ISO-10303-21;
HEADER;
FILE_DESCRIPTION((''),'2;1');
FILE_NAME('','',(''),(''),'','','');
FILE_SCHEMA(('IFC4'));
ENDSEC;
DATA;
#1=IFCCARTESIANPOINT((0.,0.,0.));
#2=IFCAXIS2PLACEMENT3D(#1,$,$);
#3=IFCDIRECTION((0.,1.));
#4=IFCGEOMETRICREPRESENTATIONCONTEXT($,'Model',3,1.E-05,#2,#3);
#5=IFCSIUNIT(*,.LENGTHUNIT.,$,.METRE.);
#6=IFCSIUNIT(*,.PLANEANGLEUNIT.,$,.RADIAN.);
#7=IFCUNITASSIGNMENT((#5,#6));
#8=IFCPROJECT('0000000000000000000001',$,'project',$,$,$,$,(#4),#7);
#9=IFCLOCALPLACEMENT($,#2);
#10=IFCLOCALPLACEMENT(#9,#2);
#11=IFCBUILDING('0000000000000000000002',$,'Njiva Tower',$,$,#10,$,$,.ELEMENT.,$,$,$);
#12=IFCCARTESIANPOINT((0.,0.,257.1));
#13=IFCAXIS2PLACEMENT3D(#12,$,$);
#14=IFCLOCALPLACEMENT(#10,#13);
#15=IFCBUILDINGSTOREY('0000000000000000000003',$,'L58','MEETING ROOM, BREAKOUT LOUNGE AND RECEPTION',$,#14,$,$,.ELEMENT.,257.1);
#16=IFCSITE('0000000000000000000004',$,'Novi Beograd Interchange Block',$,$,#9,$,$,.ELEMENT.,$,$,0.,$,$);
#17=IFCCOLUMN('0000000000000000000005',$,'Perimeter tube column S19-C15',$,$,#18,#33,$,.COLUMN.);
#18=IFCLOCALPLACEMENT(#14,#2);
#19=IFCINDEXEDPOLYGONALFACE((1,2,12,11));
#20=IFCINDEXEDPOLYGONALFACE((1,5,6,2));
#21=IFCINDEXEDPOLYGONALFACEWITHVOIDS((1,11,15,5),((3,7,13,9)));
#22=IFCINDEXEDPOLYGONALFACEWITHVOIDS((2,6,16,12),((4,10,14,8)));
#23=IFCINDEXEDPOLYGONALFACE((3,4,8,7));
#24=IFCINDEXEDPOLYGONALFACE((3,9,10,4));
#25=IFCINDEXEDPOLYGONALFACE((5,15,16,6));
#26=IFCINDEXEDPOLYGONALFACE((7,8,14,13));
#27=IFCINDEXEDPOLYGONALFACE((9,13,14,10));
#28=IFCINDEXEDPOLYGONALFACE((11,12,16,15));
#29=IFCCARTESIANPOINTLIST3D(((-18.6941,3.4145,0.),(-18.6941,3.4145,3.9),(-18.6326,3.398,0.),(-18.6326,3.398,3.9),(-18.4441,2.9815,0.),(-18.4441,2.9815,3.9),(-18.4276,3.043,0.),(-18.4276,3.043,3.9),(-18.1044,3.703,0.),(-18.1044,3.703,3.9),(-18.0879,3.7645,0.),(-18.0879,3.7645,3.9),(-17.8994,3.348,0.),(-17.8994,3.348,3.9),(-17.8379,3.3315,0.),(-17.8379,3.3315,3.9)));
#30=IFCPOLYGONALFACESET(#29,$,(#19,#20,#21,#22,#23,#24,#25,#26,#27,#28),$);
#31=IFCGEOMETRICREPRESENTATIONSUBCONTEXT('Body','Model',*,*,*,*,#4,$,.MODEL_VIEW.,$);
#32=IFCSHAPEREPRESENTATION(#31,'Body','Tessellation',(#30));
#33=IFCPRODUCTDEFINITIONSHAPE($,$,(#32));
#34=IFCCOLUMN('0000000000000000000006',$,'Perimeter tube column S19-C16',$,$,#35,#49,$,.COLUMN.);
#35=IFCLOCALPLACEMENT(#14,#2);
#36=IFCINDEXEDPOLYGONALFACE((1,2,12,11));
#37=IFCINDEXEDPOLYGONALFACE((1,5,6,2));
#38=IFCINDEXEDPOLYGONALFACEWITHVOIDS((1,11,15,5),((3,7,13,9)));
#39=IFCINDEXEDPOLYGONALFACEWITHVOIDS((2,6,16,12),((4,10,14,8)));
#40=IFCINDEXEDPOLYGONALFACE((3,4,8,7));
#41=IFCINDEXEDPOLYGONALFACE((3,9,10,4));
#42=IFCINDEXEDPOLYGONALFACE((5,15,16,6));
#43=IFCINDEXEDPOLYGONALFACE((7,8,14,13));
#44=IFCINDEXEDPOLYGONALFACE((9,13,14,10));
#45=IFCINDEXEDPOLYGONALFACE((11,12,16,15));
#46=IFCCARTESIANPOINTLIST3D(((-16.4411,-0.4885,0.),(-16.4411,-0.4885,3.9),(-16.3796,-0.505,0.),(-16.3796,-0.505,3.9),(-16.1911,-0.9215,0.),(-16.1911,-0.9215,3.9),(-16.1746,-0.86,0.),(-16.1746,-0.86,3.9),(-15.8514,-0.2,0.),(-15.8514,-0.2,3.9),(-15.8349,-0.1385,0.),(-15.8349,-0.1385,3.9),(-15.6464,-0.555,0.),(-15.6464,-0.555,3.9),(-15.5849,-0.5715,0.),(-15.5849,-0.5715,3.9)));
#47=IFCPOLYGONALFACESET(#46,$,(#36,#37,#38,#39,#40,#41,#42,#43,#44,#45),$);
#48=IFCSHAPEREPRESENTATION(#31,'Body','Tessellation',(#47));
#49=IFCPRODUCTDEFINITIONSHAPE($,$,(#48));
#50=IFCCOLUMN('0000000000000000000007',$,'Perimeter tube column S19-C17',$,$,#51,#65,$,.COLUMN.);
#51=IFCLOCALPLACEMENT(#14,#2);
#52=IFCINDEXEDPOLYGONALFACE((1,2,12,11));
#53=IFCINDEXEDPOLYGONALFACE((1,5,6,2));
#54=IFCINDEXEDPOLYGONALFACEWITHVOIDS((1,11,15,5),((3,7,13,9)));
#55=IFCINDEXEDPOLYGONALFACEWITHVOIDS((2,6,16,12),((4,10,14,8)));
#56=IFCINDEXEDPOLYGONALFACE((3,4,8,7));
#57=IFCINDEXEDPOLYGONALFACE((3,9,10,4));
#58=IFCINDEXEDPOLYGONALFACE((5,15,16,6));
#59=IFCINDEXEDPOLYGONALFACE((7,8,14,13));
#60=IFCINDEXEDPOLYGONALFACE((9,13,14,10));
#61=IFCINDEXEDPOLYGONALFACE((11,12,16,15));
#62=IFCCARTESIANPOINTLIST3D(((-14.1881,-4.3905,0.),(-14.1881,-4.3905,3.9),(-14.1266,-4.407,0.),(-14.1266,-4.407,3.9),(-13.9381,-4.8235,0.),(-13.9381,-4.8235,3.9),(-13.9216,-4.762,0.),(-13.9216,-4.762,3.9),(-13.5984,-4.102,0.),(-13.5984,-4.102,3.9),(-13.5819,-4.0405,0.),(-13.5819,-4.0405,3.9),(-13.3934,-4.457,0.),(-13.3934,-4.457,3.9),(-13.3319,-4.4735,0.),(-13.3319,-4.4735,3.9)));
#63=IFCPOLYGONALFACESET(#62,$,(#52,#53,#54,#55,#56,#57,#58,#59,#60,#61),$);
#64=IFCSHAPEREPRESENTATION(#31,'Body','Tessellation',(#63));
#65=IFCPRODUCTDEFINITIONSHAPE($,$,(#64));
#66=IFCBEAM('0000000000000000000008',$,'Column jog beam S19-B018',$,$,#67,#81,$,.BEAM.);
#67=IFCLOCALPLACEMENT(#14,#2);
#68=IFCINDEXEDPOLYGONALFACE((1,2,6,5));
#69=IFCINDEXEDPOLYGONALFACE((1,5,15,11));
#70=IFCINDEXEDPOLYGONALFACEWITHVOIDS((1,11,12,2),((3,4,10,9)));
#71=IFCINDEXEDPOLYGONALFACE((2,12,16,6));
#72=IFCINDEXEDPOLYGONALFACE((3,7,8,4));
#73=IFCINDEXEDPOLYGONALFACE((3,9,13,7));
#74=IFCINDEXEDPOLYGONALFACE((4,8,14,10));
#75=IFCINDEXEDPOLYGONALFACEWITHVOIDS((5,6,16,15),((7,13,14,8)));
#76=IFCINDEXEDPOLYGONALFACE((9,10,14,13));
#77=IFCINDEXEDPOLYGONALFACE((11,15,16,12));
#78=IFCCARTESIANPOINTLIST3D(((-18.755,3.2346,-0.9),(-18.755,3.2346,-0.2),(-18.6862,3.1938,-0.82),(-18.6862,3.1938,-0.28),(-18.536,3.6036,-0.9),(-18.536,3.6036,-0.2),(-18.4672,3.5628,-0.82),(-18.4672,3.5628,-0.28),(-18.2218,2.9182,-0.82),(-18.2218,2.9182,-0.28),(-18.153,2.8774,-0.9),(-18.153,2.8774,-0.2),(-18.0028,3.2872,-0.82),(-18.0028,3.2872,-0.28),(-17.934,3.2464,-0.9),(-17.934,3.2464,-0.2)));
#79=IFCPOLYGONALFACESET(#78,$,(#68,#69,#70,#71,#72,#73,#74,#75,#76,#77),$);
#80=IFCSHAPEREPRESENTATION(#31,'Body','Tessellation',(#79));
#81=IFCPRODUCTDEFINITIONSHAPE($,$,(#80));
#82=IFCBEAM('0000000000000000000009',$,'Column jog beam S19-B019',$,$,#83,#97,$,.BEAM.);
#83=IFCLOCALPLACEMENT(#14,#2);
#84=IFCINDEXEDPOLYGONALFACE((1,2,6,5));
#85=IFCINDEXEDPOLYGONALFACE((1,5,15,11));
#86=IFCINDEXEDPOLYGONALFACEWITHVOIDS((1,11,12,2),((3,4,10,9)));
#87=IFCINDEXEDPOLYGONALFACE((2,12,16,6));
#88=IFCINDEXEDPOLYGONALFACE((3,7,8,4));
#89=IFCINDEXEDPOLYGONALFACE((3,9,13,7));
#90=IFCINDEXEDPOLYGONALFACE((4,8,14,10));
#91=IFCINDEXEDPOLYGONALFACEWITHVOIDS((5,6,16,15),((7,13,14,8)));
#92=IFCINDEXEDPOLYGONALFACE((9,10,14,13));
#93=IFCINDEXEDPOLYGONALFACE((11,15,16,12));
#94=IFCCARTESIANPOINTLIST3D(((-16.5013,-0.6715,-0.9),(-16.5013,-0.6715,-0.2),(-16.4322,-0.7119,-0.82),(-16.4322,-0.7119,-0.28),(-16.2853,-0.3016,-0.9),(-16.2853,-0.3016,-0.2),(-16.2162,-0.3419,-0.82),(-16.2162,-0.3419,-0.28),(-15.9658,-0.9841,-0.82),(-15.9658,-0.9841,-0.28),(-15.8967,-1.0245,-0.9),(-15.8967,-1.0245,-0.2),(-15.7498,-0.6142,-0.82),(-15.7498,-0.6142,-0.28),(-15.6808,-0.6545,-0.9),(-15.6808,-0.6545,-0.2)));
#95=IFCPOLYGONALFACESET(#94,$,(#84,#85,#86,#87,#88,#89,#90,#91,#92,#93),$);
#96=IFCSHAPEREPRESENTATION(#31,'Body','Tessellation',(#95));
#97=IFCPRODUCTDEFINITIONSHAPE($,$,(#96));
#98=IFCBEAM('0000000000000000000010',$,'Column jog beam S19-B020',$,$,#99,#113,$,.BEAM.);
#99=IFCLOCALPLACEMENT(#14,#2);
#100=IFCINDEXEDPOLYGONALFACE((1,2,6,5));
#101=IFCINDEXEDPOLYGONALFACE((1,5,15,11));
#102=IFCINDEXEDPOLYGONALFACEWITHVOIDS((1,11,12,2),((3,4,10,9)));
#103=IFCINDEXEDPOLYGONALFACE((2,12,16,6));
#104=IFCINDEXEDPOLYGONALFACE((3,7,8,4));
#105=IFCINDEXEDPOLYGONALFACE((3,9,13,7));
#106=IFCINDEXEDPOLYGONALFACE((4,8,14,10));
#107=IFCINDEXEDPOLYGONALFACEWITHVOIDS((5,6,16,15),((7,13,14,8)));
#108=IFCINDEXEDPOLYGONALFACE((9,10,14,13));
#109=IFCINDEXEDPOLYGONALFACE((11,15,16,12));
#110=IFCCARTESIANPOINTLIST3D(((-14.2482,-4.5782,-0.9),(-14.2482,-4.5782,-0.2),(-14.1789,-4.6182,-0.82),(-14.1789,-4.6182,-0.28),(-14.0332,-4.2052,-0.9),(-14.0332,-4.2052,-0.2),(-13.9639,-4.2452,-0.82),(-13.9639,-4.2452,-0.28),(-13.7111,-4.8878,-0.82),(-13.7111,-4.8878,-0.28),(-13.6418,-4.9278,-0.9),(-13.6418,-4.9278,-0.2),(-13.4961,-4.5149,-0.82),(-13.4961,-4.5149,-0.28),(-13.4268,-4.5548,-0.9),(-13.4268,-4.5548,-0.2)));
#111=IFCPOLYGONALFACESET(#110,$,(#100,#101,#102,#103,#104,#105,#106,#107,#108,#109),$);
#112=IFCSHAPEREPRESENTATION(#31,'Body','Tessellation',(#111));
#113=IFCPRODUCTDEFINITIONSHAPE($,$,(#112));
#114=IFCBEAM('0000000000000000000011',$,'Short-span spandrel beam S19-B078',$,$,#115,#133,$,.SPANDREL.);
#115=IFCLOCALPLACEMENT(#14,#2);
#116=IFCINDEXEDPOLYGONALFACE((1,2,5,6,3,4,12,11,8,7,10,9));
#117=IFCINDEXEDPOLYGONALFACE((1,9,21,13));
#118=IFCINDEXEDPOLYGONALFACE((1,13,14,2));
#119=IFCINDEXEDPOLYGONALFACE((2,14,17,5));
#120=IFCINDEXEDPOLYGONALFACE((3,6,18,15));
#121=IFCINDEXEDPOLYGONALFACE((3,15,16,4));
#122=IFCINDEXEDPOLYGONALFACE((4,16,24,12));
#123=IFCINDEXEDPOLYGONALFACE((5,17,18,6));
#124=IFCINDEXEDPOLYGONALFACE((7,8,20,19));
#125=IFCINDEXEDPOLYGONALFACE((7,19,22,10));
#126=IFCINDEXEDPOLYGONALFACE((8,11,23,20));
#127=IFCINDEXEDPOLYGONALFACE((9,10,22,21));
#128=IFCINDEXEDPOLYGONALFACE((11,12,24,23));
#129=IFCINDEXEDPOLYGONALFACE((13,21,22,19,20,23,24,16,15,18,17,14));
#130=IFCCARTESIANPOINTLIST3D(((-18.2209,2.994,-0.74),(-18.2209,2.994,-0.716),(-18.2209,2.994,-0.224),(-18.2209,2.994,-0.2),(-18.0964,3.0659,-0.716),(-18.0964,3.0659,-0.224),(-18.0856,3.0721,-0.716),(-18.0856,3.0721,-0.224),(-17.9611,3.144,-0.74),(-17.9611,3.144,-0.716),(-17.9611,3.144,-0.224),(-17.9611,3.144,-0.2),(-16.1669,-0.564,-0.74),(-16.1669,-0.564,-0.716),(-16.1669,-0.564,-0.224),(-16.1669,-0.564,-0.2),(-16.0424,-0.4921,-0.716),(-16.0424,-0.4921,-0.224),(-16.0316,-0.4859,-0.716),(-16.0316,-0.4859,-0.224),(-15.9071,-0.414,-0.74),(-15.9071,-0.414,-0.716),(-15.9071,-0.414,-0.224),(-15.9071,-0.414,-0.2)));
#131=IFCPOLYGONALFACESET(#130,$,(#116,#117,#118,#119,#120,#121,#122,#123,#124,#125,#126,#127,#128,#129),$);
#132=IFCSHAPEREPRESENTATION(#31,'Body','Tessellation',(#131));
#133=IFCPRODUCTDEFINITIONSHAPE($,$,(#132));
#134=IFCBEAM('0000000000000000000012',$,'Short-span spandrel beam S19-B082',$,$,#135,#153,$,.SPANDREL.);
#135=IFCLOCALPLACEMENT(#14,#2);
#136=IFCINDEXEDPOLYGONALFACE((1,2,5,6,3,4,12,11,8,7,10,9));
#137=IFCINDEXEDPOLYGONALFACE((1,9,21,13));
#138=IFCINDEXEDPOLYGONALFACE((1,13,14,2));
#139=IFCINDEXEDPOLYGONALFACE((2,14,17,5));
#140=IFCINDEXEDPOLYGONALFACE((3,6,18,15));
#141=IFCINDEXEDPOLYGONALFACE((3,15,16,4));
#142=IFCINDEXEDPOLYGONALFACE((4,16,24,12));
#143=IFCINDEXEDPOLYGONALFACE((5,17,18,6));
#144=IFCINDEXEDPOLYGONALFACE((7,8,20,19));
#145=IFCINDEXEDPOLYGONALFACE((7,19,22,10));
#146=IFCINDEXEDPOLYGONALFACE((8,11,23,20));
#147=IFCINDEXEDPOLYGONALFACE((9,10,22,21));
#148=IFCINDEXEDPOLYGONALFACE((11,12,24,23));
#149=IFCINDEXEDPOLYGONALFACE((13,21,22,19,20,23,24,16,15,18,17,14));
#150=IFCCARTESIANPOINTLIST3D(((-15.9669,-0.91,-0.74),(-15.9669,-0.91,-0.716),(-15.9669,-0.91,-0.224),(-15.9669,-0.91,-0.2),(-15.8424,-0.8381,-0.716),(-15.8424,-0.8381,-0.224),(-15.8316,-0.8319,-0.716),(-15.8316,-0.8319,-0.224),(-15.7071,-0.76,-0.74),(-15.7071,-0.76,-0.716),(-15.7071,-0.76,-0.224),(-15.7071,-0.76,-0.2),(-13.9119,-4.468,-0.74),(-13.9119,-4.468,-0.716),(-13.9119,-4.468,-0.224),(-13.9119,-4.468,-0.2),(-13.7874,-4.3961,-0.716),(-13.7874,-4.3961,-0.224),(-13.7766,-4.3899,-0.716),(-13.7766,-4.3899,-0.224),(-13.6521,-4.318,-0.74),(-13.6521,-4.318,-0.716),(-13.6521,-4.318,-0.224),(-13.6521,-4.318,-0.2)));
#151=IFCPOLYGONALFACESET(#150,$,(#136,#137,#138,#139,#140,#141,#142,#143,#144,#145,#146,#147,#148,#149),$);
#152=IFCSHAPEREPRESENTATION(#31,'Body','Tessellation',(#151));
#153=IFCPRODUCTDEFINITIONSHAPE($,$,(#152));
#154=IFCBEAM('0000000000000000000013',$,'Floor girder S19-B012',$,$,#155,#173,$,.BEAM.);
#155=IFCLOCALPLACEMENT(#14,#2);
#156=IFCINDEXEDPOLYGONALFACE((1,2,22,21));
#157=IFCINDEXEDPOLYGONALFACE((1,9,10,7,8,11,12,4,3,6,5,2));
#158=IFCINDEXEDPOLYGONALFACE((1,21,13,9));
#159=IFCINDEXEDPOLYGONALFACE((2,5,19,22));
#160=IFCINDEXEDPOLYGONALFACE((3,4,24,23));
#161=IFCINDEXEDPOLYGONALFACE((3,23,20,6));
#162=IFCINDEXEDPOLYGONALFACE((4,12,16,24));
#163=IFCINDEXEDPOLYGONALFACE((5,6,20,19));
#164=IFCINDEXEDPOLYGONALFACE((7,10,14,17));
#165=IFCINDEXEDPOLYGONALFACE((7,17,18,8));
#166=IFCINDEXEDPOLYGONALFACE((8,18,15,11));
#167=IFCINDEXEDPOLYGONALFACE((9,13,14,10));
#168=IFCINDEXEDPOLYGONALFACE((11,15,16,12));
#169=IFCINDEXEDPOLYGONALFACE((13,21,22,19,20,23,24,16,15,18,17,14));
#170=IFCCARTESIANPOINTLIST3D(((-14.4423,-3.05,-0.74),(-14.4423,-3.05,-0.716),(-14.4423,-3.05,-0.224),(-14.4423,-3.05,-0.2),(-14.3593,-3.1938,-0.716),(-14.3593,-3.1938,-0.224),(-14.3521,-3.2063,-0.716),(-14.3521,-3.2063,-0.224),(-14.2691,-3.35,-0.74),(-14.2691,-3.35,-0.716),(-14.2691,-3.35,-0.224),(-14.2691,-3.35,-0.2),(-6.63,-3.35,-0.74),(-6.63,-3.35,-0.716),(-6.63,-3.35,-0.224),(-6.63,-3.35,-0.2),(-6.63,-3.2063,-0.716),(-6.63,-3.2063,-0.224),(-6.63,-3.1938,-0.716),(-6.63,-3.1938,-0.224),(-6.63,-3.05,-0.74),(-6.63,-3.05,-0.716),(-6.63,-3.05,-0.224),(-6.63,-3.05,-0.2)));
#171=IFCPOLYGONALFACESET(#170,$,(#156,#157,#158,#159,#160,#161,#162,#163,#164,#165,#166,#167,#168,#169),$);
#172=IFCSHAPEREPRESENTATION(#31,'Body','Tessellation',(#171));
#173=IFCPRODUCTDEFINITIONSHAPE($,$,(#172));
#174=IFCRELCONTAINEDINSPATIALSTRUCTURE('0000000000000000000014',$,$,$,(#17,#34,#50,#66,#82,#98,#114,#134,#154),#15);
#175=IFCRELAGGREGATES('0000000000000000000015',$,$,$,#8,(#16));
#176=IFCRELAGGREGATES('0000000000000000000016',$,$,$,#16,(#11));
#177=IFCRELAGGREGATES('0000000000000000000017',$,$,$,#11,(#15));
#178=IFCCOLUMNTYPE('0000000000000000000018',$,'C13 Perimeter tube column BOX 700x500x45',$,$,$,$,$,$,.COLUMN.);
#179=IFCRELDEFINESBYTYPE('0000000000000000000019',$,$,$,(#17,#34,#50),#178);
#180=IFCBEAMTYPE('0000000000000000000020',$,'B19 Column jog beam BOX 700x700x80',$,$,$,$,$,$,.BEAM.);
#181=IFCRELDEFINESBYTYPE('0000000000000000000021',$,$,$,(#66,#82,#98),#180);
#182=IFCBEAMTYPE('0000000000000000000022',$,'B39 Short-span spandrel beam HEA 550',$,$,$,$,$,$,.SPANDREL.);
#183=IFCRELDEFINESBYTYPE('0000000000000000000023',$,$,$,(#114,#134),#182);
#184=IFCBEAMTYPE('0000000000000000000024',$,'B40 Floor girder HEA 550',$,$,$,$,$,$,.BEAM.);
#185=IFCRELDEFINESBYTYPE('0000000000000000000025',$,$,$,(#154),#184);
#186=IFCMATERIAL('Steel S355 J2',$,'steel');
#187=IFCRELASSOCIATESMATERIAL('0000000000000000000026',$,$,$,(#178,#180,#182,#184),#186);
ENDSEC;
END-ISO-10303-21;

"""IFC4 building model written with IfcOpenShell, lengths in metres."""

from ifc_helpers import new_model, si_unit, direction, frame, origin, origin_2d, place, context, subcontext, project, spatial, hollow_rectangle, i_section, extrude, clip, halfspace, material, material_profile, profile_set, type_object, element, save


model = new_model("IFC4")

# Units and contexts
model_context = context("Model", 3, precision=1e-05, world=origin(), true_north=direction((0.0, 1.0)))
body_context = subcontext(model_context, "Body", "Model", "MODEL_VIEW")
ifc_project = project(units=[si_unit("LENGTHUNIT", "METRE"), si_unit("PLANEANGLEUNIT", "RADIAN")], contexts=[model_context])

# Site, building, storey
site_placement = place(None, origin())
site = spatial("IfcSite", under=ifc_project, at=site_placement, Name="Novi Beograd Interchange Block", CompositionType="ELEMENT", RefElevation=0.0)
building_placement = place(site_placement, origin())
building = spatial("IfcBuilding", under=site, at=building_placement, Name="Njiva Tower", CompositionType="ELEMENT")
storey_placement = place(building_placement, frame((0.0, 0.0, 257.1)))
storey = spatial("IfcBuildingStorey", under=building, at=storey_placement, Name="L58", Description="MEETING ROOM, BREAKOUT LOUNGE AND RECEPTION", CompositionType="ELEMENT", Elevation=257.1)

# Columns
ifc_material_1 = material(Name="Steel S355 J2", Category="steel")
ifc_material_profile_1 = material_profile(ifc_material_1, hollow_rectangle(XDim=0.5, YDim=0.7, WallThickness=0.045, at=origin_2d()), Name="BOX 700x500x45")
ifc_profile_set_1 = profile_set([ifc_material_profile_1], Name="Steel S355 J2")
column_type = type_object("IfcColumnType", Name="C13 Perimeter tube column BOX 700x500x45", PredefinedType="COLUMN", material=ifc_profile_set_1)
for number, where, z_axis, x_axis, name in (
    (1, (-18.266, 3.373, 0.0), (0.0, 0.0, 1.0), (0.5, -0.866025, 0.0), "Perimeter tube column S19-C15"),
    (2, (-16.013, -0.53, 0.0), (0.0, 0.0, 1.0), (0.5, -0.866025, 0.0), "Perimeter tube column S19-C16"),
    (3, (-13.76, -4.432, 0.0), (0.0, 0.0, 1.0), (0.5, -0.866025, 0.0), "Perimeter tube column S19-C17"),
):
    element("IfcColumn", number, at=place(storey_placement, frame(where, z_axis=z_axis, x_axis=x_axis)), inside=storey, type_object=column_type, Name=name, PredefinedType="COLUMN", context=body_context, shape_type="SweptSolid", body=[
        extrude(hollow_rectangle(XDim=0.5, YDim=0.7, WallThickness=0.045, at=origin_2d()), origin(), (0.0, 0.0, 1.0), 3.9),
    ])

# Beams
ifc_material_profile_2 = material_profile(ifc_material_1, hollow_rectangle(XDim=0.7, YDim=0.7, WallThickness=0.08, at=origin_2d()), Name="BOX 700x700x80")
ifc_profile_set_2 = profile_set([ifc_material_profile_2], Name="Steel S355 J2")
beam_type_1 = type_object("IfcBeamType", Name="B19 Column jog beam BOX 700x700x80", PredefinedType="BEAM", material=ifc_profile_set_2)
beam_1_placement = place(storey_placement, frame((-18.454, 3.056, -0.55), z_axis=(0.510377, 0.859951, 0.0), x_axis=(-0.859951, 0.510377, 0.0)))
element("IfcBeam", 4, at=beam_1_placement, inside=storey, type_object=beam_type_1, Name="Column jog beam S19-B018", PredefinedType="BEAM", context=body_context, shape_type="SweptSolid", body=[
    extrude(hollow_rectangle(XDim=0.7, YDim=0.7, WallThickness=0.08, at=origin_2d()), origin(), (0.0, 0.0, 1.0), 0.4291),
])
beam_2_placement = place(storey_placement, frame((-16.199, -0.848, -0.55), z_axis=(0.504161, 0.86361, 0.0), x_axis=(-0.86361, 0.504161, 0.0)))
element("IfcBeam", 5, at=beam_2_placement, inside=storey, type_object=beam_type_1, Name="Column jog beam S19-B019", PredefinedType="BEAM", context=body_context, shape_type="SweptSolid", body=[
    extrude(hollow_rectangle(XDim=0.7, YDim=0.7, WallThickness=0.08, at=origin_2d()), origin(), (0.0, 0.0, 1.0), 0.4284),
])
beam_3_placement = place(storey_placement, frame((-13.945, -4.753, -0.55), z_axis=(0.499387, 0.866379, 0.0), x_axis=(-0.866379, 0.499387, 0.0)))
element("IfcBeam", 6, at=beam_3_placement, inside=storey, type_object=beam_type_1, Name="Column jog beam S19-B020", PredefinedType="BEAM", context=body_context, shape_type="SweptSolid", body=[
    extrude(hollow_rectangle(XDim=0.7, YDim=0.7, WallThickness=0.08, at=origin_2d()), origin(), (0.0, 0.0, 1.0), 0.4305),
])
ifc_material_profile_3 = material_profile(ifc_material_1, i_section(OverallWidth=0.3, OverallDepth=0.54, WebThickness=0.0125, FlangeThickness=0.024, at=origin_2d()), Name="HEA 550")
ifc_profile_set_3 = profile_set([ifc_material_profile_3], Name="Steel S355 J2")
beam_type_2 = type_object("IfcBeamType", Name="B39 Short-span spandrel beam HEA 550", PredefinedType="SPANDREL", material=ifc_profile_set_3)
beam_4_placement = place(storey_placement, frame((-18.091, 3.069, -0.47), z_axis=(0.499961, -0.866048, 0.0), x_axis=(0.866048, 0.499961, 0.0)))
element("IfcBeam", 7, at=beam_4_placement, inside=storey, type_object=beam_type_2, Name="Short-span spandrel beam S19-B078", PredefinedType="SPANDREL", context=body_context, shape_type="SweptSolid", body=[
    extrude(i_section(OverallWidth=0.3, OverallDepth=0.54, WebThickness=0.0125, FlangeThickness=0.024, at=origin_2d()), origin(), (0.0, 0.0, 1.0), 4.1083),
])
beam_5_placement = place(storey_placement, frame((-15.837, -0.835, -0.47), z_axis=(0.500144, -0.865942, 0.0), x_axis=(0.865942, 0.500144, 0.0)))
element("IfcBeam", 8, at=beam_5_placement, inside=storey, type_object=beam_type_2, Name="Short-span spandrel beam S19-B082", PredefinedType="SPANDREL", context=body_context, shape_type="SweptSolid", body=[
    extrude(i_section(OverallWidth=0.3, OverallDepth=0.54, WebThickness=0.0125, FlangeThickness=0.024, at=origin_2d()), origin(), (0.0, 0.0, 1.0), 4.1088),
])
ifc_material_profile_4 = material_profile(ifc_material_1, i_section(OverallWidth=0.3, OverallDepth=0.54, WebThickness=0.0125, FlangeThickness=0.024, at=origin_2d()), Name="HEA 550")
ifc_profile_set_4 = profile_set([ifc_material_profile_4], Name="Steel S355 J2")
beam_type_3 = type_object("IfcBeamType", Name="B40 Floor girder HEA 550", PredefinedType="BEAM", material=ifc_profile_set_4)
beam_6_placement = place(storey_placement, frame((-14.463, -3.2, -0.47), z_axis=(1.0, 0.0, 0.0), x_axis=(0.0, 1.0, 0.0)))
element("IfcBeam", 9, at=beam_6_placement, inside=storey, type_object=beam_type_3, Name="Floor girder S19-B012", PredefinedType="BEAM", context=body_context, shape_type="Clipping", body=[
    clip(extrude(i_section(OverallWidth=0.3, OverallDepth=0.54, WebThickness=0.0125, FlangeThickness=0.024, at=origin_2d()), origin(), (0.0, 0.0, 1.0), 7.833), halfspace(frame((-0.025, 0.0, 0.1217), z_axis=(-0.499998, 0.0, -0.866027), x_axis=(0.0, -1.0, 0.0)), False)),
])

save(model, "model.ifc")
